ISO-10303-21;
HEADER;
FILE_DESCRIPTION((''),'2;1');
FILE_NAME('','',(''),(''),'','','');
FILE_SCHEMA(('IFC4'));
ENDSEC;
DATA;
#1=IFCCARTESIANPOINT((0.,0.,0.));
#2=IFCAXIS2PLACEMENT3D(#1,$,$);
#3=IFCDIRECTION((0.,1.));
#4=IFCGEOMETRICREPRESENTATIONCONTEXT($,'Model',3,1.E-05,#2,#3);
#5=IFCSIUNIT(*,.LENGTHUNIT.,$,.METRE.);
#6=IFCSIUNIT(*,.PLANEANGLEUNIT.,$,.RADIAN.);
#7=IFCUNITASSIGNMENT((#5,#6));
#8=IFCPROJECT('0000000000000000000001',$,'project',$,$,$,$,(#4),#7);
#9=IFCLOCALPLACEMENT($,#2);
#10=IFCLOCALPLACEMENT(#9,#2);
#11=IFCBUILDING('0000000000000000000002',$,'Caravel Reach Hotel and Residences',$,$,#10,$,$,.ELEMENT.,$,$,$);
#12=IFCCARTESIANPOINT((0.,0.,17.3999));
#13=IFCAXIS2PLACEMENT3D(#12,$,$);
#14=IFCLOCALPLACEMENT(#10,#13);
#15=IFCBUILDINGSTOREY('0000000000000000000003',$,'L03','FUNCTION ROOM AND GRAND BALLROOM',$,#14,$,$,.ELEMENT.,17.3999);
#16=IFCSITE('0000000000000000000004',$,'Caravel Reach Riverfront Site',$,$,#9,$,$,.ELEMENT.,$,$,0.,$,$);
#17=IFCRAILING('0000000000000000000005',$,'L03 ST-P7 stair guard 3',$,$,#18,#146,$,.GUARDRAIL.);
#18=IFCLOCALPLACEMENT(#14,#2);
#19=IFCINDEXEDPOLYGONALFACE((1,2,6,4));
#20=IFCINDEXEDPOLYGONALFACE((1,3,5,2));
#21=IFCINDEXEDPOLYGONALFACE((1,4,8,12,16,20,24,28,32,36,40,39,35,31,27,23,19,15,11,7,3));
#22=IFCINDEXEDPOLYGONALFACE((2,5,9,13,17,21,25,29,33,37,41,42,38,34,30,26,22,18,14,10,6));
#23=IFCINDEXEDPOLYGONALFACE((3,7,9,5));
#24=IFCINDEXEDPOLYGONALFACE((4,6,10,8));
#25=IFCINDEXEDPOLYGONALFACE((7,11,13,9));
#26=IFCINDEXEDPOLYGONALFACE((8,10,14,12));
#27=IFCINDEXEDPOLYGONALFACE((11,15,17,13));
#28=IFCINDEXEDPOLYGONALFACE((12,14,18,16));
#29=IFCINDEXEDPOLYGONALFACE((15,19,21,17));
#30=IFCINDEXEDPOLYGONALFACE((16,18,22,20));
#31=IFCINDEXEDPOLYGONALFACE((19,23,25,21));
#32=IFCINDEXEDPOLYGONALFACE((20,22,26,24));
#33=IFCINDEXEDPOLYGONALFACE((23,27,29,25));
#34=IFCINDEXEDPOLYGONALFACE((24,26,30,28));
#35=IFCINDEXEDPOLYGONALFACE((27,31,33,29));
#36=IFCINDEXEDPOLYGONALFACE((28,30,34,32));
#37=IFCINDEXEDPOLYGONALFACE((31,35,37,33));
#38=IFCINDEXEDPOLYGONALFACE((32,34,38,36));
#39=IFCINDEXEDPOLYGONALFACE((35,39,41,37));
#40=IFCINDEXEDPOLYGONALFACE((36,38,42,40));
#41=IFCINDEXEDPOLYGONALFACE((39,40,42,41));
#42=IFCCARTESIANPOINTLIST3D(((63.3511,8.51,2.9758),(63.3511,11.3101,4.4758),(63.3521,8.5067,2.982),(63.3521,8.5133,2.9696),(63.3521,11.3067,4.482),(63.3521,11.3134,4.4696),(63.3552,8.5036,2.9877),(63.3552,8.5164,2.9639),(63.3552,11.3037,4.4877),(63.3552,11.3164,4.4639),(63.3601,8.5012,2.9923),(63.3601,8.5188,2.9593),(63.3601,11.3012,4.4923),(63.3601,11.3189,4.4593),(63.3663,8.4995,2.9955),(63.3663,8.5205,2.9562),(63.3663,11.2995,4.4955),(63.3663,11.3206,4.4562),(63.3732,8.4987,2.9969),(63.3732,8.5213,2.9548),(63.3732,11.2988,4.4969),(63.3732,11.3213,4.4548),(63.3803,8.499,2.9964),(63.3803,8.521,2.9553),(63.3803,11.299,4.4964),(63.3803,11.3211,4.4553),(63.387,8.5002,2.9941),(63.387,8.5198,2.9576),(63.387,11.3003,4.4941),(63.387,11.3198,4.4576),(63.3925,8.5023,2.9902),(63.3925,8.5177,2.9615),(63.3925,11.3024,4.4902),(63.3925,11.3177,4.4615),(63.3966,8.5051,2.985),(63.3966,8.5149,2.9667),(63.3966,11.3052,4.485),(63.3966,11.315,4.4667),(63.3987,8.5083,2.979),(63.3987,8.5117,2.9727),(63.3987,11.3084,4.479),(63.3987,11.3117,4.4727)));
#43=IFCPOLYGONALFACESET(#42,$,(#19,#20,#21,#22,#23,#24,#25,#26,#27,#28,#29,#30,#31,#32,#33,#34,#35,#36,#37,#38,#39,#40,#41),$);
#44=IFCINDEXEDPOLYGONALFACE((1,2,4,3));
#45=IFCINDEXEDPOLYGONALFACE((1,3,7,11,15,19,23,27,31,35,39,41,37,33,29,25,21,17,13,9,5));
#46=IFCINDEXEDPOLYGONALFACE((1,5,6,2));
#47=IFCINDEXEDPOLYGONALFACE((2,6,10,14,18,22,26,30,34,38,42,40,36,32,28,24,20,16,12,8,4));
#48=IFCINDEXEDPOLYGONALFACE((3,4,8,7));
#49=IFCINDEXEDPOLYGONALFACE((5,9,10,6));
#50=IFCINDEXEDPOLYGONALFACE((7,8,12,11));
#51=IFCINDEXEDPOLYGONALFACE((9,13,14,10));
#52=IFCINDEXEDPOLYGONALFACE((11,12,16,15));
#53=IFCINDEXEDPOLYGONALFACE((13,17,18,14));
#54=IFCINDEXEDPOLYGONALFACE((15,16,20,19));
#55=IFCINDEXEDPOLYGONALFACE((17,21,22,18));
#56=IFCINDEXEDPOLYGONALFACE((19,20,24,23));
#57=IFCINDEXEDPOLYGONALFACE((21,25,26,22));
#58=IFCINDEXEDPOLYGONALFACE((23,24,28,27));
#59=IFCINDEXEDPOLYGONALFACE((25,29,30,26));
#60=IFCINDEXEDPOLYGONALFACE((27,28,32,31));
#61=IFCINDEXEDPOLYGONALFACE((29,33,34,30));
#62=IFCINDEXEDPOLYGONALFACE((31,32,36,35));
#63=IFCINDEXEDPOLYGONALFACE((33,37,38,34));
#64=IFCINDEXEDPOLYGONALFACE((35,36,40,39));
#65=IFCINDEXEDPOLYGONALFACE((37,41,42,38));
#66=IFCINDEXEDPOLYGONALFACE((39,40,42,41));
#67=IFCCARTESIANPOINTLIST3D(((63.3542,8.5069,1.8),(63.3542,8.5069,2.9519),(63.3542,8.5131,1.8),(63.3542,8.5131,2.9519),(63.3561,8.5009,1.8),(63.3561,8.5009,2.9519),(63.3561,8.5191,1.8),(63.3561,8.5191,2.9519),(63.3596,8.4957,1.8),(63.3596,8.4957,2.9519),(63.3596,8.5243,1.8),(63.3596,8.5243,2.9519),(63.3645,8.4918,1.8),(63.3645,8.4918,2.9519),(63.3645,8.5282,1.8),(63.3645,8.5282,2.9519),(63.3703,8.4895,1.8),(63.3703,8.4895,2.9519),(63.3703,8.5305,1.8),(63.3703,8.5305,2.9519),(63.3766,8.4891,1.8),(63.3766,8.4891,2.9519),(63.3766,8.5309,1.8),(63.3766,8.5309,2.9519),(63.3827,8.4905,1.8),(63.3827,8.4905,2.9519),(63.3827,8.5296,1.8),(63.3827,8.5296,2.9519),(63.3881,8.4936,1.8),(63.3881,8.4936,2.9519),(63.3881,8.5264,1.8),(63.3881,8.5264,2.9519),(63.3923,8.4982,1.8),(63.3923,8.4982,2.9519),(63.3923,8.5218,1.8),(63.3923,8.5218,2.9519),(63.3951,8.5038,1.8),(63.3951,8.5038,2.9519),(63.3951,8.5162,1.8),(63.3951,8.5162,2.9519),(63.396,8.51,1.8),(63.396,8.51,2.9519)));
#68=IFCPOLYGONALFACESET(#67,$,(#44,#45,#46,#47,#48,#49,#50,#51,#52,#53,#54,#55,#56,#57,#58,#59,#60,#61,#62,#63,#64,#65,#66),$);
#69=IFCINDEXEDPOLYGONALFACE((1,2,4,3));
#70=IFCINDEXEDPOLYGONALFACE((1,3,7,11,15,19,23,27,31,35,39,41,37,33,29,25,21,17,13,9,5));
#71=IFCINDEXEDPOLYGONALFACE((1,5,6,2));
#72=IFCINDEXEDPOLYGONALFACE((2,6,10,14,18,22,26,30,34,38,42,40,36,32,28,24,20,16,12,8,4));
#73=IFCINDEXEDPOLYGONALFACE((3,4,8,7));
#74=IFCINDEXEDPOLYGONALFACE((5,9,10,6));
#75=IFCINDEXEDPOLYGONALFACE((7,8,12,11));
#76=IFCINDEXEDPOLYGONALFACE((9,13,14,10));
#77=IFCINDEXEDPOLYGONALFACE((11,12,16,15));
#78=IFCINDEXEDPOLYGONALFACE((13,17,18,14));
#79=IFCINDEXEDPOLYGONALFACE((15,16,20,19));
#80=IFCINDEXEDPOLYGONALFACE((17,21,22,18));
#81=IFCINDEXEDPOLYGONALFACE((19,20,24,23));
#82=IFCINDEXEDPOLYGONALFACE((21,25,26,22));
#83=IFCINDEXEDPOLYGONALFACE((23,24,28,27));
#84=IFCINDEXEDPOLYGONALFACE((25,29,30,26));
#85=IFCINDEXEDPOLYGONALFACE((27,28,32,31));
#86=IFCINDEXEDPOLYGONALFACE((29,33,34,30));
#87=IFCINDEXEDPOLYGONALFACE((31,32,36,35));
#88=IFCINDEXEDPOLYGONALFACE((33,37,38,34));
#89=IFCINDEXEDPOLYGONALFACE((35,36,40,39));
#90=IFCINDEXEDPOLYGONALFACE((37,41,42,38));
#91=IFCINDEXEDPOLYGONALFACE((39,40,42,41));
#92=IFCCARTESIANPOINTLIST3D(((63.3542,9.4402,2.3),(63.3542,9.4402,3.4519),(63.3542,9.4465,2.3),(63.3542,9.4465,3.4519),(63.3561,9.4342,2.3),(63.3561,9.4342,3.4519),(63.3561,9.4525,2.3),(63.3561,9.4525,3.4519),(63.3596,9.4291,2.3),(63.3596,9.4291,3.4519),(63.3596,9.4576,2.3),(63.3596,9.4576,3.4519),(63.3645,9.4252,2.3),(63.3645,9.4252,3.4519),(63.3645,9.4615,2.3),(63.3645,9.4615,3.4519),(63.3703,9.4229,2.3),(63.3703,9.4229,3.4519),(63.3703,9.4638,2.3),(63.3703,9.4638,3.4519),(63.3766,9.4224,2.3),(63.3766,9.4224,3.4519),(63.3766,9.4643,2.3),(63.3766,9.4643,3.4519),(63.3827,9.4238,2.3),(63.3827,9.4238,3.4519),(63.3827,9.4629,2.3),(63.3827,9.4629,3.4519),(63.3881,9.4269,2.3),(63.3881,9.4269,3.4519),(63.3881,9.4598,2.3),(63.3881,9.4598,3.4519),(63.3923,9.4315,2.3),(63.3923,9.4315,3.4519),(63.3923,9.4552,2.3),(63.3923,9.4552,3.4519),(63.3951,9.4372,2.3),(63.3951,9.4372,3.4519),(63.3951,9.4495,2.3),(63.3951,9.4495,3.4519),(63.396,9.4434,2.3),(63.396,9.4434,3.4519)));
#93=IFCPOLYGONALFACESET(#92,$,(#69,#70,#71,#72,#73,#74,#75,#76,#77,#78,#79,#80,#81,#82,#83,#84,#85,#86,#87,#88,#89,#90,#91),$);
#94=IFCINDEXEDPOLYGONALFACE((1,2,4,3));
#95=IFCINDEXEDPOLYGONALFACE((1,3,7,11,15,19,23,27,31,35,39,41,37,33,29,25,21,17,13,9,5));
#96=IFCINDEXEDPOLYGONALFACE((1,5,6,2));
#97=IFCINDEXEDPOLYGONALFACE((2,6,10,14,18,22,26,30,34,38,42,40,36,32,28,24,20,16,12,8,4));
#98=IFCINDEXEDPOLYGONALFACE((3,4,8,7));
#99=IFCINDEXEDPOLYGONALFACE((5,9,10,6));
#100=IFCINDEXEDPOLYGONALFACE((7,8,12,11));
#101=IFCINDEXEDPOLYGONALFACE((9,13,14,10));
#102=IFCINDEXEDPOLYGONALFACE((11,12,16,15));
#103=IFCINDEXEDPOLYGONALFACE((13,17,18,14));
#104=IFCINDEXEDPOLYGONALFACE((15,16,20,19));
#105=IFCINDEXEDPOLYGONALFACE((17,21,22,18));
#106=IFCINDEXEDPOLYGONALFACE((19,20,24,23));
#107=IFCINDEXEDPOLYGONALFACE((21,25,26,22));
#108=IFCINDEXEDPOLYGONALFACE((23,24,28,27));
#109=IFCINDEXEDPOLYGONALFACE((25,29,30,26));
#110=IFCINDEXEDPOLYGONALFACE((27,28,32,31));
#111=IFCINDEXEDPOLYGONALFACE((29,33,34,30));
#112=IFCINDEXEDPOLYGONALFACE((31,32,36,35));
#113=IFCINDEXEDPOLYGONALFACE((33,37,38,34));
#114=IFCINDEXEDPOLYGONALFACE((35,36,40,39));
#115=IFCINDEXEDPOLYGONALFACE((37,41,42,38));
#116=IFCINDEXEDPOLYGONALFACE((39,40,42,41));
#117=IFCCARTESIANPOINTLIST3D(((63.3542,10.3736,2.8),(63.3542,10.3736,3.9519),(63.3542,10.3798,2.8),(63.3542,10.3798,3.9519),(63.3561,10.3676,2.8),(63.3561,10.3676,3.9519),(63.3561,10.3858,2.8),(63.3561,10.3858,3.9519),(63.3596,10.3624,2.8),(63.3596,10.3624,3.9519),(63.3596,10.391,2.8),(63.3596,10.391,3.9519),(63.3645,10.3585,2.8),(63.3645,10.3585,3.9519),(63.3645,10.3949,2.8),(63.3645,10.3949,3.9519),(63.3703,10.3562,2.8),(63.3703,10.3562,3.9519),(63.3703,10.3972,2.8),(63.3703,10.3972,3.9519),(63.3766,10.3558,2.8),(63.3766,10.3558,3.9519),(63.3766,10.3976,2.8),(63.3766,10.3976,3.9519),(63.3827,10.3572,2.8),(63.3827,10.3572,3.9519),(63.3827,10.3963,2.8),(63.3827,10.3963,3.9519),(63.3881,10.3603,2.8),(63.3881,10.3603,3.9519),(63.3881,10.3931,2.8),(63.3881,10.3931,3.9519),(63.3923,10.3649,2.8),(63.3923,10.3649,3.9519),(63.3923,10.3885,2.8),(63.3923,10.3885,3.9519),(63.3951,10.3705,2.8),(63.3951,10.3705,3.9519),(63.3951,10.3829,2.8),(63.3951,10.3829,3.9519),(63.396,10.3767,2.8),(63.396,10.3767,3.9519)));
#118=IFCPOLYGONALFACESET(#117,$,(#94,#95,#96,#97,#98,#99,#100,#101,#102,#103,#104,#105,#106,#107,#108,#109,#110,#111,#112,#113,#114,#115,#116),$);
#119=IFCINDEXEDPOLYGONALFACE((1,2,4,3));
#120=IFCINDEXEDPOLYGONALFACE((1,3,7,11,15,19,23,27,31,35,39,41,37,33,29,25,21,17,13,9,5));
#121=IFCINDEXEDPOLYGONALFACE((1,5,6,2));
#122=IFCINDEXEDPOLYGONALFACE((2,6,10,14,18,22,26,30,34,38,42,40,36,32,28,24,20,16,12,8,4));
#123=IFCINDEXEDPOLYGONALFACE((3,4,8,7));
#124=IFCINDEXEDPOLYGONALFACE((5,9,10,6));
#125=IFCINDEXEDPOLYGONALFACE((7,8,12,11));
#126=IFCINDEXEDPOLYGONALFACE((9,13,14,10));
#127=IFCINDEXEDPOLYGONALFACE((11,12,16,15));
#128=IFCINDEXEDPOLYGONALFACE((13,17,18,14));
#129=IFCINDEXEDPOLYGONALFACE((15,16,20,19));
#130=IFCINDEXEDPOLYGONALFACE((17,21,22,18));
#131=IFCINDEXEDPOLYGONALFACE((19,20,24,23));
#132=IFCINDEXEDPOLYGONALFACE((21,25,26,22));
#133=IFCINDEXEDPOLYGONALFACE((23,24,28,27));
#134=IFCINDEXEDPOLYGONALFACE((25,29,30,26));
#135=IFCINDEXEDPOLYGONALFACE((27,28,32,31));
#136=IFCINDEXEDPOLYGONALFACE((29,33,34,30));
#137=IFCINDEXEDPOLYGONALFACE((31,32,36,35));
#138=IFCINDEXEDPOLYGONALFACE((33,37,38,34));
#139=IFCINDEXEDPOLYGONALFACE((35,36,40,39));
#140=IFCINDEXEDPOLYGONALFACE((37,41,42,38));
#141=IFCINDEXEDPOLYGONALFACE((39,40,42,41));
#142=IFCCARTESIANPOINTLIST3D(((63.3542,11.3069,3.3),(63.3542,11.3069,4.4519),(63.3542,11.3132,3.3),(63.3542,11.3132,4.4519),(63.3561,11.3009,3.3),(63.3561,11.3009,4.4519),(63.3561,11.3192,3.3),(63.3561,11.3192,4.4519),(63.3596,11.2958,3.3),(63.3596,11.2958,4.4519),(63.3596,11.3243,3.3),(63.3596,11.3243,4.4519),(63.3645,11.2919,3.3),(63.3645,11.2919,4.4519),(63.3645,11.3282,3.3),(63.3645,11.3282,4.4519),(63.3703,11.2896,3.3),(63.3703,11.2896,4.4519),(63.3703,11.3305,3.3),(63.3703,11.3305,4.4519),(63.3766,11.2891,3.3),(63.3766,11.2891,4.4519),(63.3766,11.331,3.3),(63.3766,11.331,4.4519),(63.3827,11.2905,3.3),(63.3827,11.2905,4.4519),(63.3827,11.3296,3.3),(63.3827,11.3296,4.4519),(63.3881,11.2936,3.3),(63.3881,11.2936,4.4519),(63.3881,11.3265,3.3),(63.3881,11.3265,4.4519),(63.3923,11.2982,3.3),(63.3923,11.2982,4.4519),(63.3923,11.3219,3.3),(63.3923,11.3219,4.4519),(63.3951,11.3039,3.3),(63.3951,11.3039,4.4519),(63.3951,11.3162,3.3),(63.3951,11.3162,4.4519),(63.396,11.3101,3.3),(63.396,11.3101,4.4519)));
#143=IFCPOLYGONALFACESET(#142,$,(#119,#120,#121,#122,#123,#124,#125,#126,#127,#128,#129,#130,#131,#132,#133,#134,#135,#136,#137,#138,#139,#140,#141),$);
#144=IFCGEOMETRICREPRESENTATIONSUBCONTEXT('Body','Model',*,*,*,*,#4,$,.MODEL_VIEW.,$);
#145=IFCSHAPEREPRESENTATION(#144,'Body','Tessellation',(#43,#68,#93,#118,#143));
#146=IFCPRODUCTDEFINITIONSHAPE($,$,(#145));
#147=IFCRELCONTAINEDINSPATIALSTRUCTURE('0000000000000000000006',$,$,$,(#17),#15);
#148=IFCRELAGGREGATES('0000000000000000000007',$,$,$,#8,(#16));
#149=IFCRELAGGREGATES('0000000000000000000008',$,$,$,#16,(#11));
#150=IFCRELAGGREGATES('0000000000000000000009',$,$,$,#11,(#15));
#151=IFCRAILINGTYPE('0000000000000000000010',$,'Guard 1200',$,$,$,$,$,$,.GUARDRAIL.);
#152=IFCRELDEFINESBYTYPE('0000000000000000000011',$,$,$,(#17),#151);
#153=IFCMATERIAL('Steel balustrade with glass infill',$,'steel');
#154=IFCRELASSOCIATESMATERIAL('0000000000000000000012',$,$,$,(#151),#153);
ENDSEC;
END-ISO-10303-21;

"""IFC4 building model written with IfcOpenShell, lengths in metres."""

from ifc_helpers import new_model, si_unit, direction, frame, origin, origin_2d, place, context, subcontext, project, spatial, circle, extrude, material, type_object, element, save


model = new_model("IFC4")

# Units and contexts
model_context = context("Model", 3, precision=1e-05, world=origin(), true_north=direction((0.0, 1.0)))
body_context = subcontext(model_context, "Body", "Model", "MODEL_VIEW")
ifc_project = project(units=[si_unit("LENGTHUNIT", "METRE"), si_unit("PLANEANGLEUNIT", "RADIAN")], contexts=[model_context])

# Site, building, storey
site_placement = place(None, origin())
site = spatial("IfcSite", under=ifc_project, at=site_placement, Name="Caravel Reach Riverfront Site", CompositionType="ELEMENT", RefElevation=0.0)
building_placement = place(site_placement, origin())
building = spatial("IfcBuilding", under=site, at=building_placement, Name="Caravel Reach Hotel and Residences", CompositionType="ELEMENT")
storey_placement = place(building_placement, frame((0.0, 0.0, 17.3999)))
storey = spatial("IfcBuildingStorey", under=building, at=storey_placement, Name="L03", Description="FUNCTION ROOM AND GRAND BALLROOM", CompositionType="ELEMENT", Elevation=17.3999)

# Railing
ifc_material_1 = material(Name="Steel balustrade with glass infill", Category="steel")
railing_type_1 = type_object("IfcRailingType", Name="Guard 1200", PredefinedType="GUARDRAIL", material=ifc_material_1)
railing_1_placement = place(storey_placement, frame((63.375, 8.51, 1.8)))
element("IfcRailing", 1, at=railing_1_placement, inside=storey, type_object=railing_type_1, Name="L03 ST-P7 stair guard 3", PredefinedType="GUARDRAIL", context=body_context, shape_type="SweptSolid", body=[
    extrude(circle(Radius=0.0239, at=origin_2d()), frame((0.0, 0.0, 1.1758), z_axis=(0.0, 0.881483, 0.472215), x_axis=(-1.0, 0.0, 0.0)), (0.0, 0.0, 1.0), 3.1765),
    extrude(circle(Radius=0.021, at=origin_2d()), origin(), (0.0, 0.0, 1.0), 1.1519),
    extrude(circle(Radius=0.021, at=origin_2d()), frame((0.0, 0.9333, 0.5)), (0.0, 0.0, 1.0), 1.1519),
    extrude(circle(Radius=0.021, at=origin_2d()), frame((0.0, 1.8667, 1.0)), (0.0, 0.0, 1.0), 1.1519),
    extrude(circle(Radius=0.021, at=origin_2d()), frame((0.0, 2.8, 1.5)), (0.0, 0.0, 1.0), 1.1519),
])

save(model, "model.ifc")
